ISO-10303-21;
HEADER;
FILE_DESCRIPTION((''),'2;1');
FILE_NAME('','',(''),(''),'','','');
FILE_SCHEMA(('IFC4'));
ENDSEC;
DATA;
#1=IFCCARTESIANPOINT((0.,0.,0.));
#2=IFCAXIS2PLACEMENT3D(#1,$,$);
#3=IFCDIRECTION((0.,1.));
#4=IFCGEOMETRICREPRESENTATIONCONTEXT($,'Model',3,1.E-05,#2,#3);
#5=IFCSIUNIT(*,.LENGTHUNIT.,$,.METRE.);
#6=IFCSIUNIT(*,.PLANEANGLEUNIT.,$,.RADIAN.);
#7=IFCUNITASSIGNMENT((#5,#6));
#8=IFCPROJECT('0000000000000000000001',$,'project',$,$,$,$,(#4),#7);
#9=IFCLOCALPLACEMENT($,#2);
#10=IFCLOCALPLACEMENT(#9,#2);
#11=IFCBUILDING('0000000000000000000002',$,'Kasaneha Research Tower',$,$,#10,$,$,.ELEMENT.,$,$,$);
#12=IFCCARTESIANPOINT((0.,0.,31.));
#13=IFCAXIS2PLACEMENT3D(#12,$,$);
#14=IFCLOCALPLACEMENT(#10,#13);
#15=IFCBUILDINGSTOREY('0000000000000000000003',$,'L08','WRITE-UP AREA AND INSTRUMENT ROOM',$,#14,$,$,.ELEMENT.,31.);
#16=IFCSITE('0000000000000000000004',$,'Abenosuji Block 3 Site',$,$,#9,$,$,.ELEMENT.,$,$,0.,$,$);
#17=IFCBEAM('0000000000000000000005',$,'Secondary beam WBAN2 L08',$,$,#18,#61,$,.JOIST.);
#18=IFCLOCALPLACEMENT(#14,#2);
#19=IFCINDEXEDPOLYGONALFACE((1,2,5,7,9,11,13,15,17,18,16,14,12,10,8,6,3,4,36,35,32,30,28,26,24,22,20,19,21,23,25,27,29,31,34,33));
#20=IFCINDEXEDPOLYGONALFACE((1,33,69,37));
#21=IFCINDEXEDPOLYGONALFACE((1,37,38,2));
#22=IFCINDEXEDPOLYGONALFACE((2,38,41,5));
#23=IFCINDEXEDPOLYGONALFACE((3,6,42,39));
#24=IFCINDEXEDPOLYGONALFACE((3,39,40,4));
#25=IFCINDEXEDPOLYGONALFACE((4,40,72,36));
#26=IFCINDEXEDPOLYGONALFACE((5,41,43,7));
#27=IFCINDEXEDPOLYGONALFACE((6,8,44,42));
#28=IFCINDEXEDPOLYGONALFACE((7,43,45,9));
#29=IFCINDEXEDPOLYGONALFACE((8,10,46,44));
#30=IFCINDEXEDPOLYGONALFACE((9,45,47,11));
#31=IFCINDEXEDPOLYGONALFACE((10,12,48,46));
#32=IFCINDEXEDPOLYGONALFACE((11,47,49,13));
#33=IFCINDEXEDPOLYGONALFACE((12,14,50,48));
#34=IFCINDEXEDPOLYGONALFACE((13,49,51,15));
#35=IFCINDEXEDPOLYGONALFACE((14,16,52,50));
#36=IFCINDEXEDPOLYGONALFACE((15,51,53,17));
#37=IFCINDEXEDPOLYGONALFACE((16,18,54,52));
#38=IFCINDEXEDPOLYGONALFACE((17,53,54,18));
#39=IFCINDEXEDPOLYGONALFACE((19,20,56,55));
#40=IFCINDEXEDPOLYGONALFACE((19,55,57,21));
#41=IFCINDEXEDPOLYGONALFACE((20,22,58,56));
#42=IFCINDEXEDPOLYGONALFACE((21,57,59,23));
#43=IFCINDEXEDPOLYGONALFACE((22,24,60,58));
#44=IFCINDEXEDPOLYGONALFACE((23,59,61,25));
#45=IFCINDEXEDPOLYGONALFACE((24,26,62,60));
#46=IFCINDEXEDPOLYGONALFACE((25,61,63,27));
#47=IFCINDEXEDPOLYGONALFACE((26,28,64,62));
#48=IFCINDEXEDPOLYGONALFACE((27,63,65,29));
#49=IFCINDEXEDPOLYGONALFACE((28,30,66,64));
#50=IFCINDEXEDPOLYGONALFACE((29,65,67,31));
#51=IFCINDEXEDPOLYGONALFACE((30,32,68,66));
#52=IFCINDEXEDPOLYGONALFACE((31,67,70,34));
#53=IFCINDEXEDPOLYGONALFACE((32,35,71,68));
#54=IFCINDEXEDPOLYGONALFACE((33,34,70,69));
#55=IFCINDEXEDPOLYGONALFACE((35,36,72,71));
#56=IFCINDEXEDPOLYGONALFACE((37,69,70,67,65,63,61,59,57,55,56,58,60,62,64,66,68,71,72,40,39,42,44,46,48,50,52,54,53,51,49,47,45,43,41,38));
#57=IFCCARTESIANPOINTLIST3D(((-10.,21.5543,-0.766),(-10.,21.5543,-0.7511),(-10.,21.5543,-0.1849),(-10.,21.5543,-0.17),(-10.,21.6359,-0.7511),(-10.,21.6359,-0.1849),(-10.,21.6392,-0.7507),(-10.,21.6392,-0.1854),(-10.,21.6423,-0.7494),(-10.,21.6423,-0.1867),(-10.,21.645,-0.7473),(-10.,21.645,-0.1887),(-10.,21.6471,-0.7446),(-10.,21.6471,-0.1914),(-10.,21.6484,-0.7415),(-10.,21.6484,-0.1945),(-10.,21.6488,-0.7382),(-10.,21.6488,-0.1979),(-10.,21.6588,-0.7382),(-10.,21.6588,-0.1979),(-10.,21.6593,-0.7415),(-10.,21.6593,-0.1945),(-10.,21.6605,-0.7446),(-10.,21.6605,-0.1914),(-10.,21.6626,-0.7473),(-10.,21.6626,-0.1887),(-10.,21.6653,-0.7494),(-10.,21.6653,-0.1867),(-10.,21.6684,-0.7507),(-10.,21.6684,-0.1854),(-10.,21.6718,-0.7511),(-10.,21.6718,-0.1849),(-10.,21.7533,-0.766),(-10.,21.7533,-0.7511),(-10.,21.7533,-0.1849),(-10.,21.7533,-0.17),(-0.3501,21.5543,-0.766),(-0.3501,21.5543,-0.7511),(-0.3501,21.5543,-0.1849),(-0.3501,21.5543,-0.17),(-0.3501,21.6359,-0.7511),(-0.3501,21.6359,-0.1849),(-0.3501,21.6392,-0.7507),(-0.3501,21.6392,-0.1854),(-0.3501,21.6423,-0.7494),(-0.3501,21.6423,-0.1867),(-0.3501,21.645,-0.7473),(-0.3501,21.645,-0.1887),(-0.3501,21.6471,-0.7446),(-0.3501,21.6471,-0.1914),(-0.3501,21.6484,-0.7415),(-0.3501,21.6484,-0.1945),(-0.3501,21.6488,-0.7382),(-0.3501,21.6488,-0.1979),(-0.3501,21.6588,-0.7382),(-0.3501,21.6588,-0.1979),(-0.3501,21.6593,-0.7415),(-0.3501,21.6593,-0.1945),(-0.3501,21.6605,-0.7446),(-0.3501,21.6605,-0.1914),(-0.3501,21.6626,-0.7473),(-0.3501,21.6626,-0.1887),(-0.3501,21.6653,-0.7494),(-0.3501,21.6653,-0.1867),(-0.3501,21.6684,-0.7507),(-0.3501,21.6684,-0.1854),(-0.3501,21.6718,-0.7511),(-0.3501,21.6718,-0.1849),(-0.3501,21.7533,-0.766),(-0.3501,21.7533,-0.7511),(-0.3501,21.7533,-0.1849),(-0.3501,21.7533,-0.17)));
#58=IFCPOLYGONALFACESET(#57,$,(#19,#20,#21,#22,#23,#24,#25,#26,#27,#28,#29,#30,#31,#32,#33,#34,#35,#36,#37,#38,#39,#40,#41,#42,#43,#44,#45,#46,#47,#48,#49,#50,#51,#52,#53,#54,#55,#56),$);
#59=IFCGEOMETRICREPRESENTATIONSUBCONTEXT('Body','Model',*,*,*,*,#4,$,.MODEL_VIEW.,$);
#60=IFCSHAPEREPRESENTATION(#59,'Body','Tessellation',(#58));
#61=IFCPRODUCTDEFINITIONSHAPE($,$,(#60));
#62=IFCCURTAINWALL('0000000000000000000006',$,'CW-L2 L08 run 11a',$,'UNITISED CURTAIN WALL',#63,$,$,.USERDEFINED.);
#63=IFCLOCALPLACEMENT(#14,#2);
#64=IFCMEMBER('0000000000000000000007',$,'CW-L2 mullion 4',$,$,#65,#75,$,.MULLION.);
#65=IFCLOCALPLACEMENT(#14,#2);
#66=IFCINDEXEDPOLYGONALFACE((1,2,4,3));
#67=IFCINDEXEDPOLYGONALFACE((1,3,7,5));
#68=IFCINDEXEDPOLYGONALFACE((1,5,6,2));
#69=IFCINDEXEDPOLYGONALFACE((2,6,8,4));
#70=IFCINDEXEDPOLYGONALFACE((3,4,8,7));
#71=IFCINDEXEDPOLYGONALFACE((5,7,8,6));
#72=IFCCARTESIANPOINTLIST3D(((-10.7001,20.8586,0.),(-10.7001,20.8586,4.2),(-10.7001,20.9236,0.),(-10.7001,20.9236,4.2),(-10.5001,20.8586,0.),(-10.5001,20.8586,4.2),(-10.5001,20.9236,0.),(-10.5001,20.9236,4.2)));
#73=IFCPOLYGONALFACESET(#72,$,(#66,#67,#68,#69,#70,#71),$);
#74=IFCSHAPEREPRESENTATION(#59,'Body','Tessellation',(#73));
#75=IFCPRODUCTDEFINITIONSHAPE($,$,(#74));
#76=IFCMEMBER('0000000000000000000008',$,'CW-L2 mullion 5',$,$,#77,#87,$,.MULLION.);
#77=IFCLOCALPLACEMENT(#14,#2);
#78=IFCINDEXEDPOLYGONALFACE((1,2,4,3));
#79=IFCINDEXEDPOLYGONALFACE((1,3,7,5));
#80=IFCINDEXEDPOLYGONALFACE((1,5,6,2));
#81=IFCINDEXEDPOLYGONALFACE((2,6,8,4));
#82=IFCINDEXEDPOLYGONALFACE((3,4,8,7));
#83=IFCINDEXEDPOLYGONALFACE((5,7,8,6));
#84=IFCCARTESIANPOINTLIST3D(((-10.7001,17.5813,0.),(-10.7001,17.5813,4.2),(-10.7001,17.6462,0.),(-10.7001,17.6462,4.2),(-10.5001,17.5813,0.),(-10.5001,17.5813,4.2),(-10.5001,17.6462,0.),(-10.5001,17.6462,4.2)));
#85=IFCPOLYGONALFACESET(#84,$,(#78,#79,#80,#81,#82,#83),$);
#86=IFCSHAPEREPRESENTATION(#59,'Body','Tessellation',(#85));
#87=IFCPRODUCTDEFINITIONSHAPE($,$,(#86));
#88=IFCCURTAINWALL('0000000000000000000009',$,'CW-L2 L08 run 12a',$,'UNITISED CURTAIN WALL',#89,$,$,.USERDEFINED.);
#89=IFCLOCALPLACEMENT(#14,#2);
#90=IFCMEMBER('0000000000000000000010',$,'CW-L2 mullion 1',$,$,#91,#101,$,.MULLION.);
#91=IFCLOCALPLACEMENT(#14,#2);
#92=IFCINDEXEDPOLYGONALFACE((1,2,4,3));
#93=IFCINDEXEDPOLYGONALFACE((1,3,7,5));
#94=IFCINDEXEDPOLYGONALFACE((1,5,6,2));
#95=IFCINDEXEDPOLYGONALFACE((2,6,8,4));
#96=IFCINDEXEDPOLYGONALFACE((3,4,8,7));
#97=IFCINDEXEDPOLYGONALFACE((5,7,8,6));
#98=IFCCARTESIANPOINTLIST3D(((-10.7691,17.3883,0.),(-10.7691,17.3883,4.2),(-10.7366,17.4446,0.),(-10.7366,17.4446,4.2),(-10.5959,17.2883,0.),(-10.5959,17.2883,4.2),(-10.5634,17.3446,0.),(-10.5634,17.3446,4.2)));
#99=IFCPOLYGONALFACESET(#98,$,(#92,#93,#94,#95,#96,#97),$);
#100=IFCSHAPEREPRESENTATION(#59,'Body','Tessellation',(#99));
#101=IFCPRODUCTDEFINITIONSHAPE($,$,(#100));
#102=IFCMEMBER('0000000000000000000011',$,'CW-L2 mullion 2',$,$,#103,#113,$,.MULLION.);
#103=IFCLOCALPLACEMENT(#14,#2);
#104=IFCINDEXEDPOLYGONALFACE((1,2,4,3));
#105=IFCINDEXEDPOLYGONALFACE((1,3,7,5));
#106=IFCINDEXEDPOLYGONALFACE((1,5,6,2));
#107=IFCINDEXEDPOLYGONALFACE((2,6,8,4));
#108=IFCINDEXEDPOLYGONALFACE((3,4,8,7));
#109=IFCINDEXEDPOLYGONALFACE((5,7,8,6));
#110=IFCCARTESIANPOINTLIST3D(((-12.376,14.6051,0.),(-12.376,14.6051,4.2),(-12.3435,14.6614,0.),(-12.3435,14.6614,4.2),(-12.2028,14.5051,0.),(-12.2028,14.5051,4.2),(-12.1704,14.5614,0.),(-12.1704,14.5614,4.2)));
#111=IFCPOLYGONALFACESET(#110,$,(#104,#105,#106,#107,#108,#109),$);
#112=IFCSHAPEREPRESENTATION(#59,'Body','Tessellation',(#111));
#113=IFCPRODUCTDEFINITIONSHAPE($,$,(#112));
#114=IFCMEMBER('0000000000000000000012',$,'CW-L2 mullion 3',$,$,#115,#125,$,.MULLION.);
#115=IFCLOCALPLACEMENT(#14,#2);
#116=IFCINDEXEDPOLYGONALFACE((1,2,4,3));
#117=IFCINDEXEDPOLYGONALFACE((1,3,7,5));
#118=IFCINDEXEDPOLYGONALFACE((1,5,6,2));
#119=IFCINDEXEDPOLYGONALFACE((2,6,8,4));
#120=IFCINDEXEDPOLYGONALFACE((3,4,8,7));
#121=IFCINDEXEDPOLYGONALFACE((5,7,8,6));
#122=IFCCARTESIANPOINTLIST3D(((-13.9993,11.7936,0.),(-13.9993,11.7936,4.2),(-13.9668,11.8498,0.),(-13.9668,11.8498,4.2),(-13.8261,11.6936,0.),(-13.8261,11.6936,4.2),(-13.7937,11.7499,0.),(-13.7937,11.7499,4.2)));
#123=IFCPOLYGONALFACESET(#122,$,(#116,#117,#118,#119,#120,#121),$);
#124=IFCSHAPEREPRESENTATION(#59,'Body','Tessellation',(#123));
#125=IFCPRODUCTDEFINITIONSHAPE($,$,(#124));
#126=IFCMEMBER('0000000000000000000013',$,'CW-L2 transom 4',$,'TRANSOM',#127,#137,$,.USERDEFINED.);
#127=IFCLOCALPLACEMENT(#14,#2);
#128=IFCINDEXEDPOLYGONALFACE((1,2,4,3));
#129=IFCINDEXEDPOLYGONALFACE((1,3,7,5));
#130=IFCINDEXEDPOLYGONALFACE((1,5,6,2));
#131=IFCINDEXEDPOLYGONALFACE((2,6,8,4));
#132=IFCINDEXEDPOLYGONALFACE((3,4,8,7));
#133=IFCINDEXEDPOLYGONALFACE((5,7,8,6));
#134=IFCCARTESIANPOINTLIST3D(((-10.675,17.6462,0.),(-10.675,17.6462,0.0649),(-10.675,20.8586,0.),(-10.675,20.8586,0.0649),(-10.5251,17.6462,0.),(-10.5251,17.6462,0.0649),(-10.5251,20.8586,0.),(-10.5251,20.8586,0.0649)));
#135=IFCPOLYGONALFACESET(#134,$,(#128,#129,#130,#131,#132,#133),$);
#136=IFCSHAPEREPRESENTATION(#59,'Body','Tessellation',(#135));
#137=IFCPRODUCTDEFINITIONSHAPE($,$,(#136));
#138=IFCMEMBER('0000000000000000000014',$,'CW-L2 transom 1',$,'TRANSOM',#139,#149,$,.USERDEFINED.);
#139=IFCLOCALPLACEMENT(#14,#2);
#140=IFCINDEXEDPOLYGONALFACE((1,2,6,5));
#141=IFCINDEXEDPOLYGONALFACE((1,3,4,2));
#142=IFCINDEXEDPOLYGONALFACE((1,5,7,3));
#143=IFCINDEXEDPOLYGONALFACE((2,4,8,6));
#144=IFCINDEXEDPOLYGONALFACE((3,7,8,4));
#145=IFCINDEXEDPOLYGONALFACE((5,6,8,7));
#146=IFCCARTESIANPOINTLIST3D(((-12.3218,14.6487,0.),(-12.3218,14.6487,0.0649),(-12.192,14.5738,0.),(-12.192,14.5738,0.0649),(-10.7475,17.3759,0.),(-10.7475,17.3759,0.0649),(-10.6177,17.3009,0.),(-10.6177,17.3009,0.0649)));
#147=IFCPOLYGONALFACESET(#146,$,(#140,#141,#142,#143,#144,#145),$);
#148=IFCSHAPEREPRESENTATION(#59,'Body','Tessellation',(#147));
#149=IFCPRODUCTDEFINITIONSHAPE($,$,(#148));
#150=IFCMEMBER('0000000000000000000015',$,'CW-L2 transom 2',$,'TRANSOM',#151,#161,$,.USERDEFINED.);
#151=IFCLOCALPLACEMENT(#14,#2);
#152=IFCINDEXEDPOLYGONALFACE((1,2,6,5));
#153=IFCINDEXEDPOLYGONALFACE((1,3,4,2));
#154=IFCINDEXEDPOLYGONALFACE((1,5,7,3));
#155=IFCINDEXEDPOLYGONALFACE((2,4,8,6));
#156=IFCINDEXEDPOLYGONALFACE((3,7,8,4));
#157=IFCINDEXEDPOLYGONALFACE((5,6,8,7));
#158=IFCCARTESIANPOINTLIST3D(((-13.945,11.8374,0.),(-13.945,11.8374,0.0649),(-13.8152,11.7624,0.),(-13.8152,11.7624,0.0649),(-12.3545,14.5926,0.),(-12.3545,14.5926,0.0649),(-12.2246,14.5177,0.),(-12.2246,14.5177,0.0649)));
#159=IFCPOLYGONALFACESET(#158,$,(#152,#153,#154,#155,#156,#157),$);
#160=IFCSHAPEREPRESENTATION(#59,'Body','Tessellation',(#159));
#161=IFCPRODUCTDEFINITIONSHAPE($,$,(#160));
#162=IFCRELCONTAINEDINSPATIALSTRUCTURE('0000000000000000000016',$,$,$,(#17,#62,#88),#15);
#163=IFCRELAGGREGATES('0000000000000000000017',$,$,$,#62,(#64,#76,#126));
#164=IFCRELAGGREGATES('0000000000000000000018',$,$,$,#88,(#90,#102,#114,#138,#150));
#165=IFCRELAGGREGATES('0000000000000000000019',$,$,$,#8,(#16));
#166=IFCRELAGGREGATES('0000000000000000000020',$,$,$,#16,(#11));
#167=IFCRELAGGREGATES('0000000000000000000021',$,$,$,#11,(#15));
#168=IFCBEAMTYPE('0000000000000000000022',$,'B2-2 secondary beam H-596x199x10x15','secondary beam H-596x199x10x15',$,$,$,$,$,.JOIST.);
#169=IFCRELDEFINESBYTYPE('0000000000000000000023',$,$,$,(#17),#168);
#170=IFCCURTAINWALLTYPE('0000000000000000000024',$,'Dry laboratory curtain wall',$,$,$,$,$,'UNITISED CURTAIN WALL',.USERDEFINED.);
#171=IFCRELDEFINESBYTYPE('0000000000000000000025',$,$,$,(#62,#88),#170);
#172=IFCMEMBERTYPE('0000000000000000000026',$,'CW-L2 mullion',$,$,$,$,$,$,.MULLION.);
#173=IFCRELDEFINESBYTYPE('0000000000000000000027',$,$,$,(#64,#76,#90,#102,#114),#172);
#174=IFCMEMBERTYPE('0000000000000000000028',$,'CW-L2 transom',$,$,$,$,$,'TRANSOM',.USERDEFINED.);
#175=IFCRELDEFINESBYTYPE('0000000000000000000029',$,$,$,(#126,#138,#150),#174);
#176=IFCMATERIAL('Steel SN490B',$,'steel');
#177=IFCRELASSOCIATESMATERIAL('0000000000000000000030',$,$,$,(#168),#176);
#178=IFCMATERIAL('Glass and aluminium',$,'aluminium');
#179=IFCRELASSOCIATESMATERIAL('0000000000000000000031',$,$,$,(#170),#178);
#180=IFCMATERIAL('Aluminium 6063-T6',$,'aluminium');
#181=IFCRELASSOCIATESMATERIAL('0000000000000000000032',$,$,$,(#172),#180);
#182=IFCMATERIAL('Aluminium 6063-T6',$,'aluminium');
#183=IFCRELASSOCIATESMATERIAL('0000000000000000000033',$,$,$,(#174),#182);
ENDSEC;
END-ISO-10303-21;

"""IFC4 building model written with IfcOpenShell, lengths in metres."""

from ifc_helpers import new_model, si_unit, direction, frame, origin, origin_2d, place, context, subcontext, project, spatial, rectangle, i_section, extrude, material, material_profile, profile_set, type_object, element, aggregate, save


model = new_model("IFC4")

# Units and contexts
model_context = context("Model", 3, precision=1e-05, world=origin(), true_north=direction((0.0, 1.0)))
body_context = subcontext(model_context, "Body", "Model", "MODEL_VIEW")
ifc_project = project(units=[si_unit("LENGTHUNIT", "METRE"), si_unit("PLANEANGLEUNIT", "RADIAN")], contexts=[model_context])

# Site, building, storey
site_placement = place(None, origin())
site = spatial("IfcSite", under=ifc_project, at=site_placement, Name="Abenosuji Block 3 Site", CompositionType="ELEMENT", RefElevation=0.0)
building_placement = place(site_placement, origin())
building = spatial("IfcBuilding", under=site, at=building_placement, Name="Kasaneha Research Tower", CompositionType="ELEMENT")
storey_placement = place(building_placement, frame((0.0, 0.0, 31.0)))
storey = spatial("IfcBuildingStorey", under=building, at=storey_placement, Name="L08", Description="WRITE-UP AREA AND INSTRUMENT ROOM", CompositionType="ELEMENT", Elevation=31.0)

# Beam
ifc_material_1 = material(Name="Steel SN490B", Category="steel")
ifc_material_profile_1 = material_profile(ifc_material_1, i_section(OverallWidth=0.199, OverallDepth=0.5959, WebThickness=0.01, FlangeThickness=0.0149, FilletRadius=0.0129, at=origin_2d()), Name="H-596x199x10x15")
ifc_profile_set_1 = profile_set([ifc_material_profile_1], Name="Steel SN490B")
beam_type_1 = type_object("IfcBeamType", Name="B2-2 secondary beam H-596x199x10x15", Description="secondary beam H-596x199x10x15", PredefinedType="JOIST", material=ifc_profile_set_1)
for number, where, z_axis, x_axis, name in (
    (1, (-10.0, 21.6538, -0.468), (1.0, 0.0, 0.0), (0.0, 1.0, 0.0), "Secondary beam WBAN2 L08"),
):
    element("IfcBeam", number, at=place(storey_placement, frame(where, z_axis=z_axis, x_axis=x_axis)), inside=storey, type_object=beam_type_1, Name=name, PredefinedType="JOIST", context=body_context, shape_type="SweptSolid", body=[
        extrude(i_section(OverallWidth=0.199, OverallDepth=0.5959, WebThickness=0.01, FlangeThickness=0.0149, FilletRadius=0.0129, at=origin_2d()), origin(), (0.0, 0.0, 1.0), 9.6499),
    ])

# Curtain walls, members
ifc_material_2 = material(Name="Glass and aluminium", Category="aluminium")
curtain_wall_type = type_object("IfcCurtainWallType", Name="Dry laboratory curtain wall", ElementType="UNITISED CURTAIN WALL", PredefinedType="USERDEFINED", material=ifc_material_2)
curtain_wall_1_placement = place(storey_placement, origin())
curtain_wall_1 = element("IfcCurtainWall", 2, at=curtain_wall_1_placement, inside=storey, type_object=curtain_wall_type, Name="CW-L2 L08 run 11a", ObjectType="UNITISED CURTAIN WALL", PredefinedType="USERDEFINED")
ifc_material_3 = material(Name="Aluminium 6063-T6", Category="aluminium")
ifc_material_profile_2 = material_profile(ifc_material_3, rectangle(XDim=0.0649, YDim=0.2, at=origin_2d()), Name="CW-L2 mullion 65x200")
ifc_profile_set_2 = profile_set([ifc_material_profile_2], Name="Aluminium 6063-T6")
member_type_1 = type_object("IfcMemberType", Name="CW-L2 mullion", PredefinedType="MULLION", material=ifc_profile_set_2)
member_1_placement = place(storey_placement, frame((-10.6001, 20.8911, 0.0), z_axis=(0.0, 0.0, 1.0), x_axis=(0.0, -1.0, 0.0)))
member_1 = element("IfcMember", 3, at=member_1_placement, type_object=member_type_1, Name="CW-L2 mullion 4", PredefinedType="MULLION", context=body_context, shape_type="SweptSolid", body=[
    extrude(rectangle(XDim=0.0649, YDim=0.2, at=origin_2d()), origin(), (0.0, 0.0, 1.0), 4.2),
])
member_2_placement = place(storey_placement, frame((-10.6001, 17.6138, 0.0), z_axis=(0.0, 0.0, 1.0), x_axis=(0.0, -1.0, 0.0)))
member_2 = element("IfcMember", 4, at=member_2_placement, type_object=member_type_1, Name="CW-L2 mullion 5", PredefinedType="MULLION", context=body_context, shape_type="SweptSolid", body=[
    extrude(rectangle(XDim=0.0649, YDim=0.2, at=origin_2d()), origin(), (0.0, 0.0, 1.0), 4.2),
])
curtain_wall_2_placement = place(storey_placement, origin())
curtain_wall_2 = element("IfcCurtainWall", 5, at=curtain_wall_2_placement, inside=storey, type_object=curtain_wall_type, Name="CW-L2 L08 run 12a", ObjectType="UNITISED CURTAIN WALL", PredefinedType="USERDEFINED")
member_3_placement = place(storey_placement, frame((-10.6663, 17.3665, 0.0), z_axis=(0.0, 0.0, 1.0), x_axis=(-0.5, -0.866025, 0.0)))
member_3 = element("IfcMember", 6, at=member_3_placement, type_object=member_type_1, Name="CW-L2 mullion 1", PredefinedType="MULLION", context=body_context, shape_type="SweptSolid", body=[
    extrude(rectangle(XDim=0.0649, YDim=0.2, at=origin_2d()), origin(), (0.0, 0.0, 1.0), 4.2),
])
member_4_placement = place(storey_placement, frame((-12.2732, 14.5833, 0.0), z_axis=(0.0, 0.0, 1.0), x_axis=(-0.5, -0.866025, 0.0)))
member_4 = element("IfcMember", 7, at=member_4_placement, type_object=member_type_1, Name="CW-L2 mullion 2", PredefinedType="MULLION", context=body_context, shape_type="SweptSolid", body=[
    extrude(rectangle(XDim=0.0649, YDim=0.2, at=origin_2d()), origin(), (0.0, 0.0, 1.0), 4.2),
])
member_5_placement = place(storey_placement, frame((-13.8965, 11.7717, 0.0), z_axis=(0.0, 0.0, 1.0), x_axis=(-0.5, -0.866025, 0.0)))
member_5 = element("IfcMember", 8, at=member_5_placement, type_object=member_type_1, Name="CW-L2 mullion 3", PredefinedType="MULLION", context=body_context, shape_type="SweptSolid", body=[
    extrude(rectangle(XDim=0.0649, YDim=0.2, at=origin_2d()), origin(), (0.0, 0.0, 1.0), 4.2),
])

# Members
ifc_material_4 = material(Name="Aluminium 6063-T6", Category="aluminium")
ifc_material_profile_3 = material_profile(ifc_material_4, rectangle(XDim=0.1499, YDim=0.0649, at=origin_2d()), Name="CW-L2 transom 150x65")
ifc_profile_set_3 = profile_set([ifc_material_profile_3], Name="Aluminium 6063-T6")
member_type_2 = type_object("IfcMemberType", Name="CW-L2 transom", ElementType="TRANSOM", PredefinedType="USERDEFINED", material=ifc_profile_set_3)
member_6_placement = place(storey_placement, frame((-10.6001, 20.8586, 0.0325), z_axis=(0.0, -1.0, 0.0), x_axis=(1.0, 0.0, 0.0)))
member_6 = element("IfcMember", 9, at=member_6_placement, type_object=member_type_2, Name="CW-L2 transom 4", ObjectType="TRANSOM", PredefinedType="USERDEFINED", context=body_context, shape_type="SweptSolid", body=[
    extrude(rectangle(XDim=0.1499, YDim=0.0649, at=origin_2d()), origin(), (0.0, 0.0, 1.0), 3.2124),
])
member_7_placement = place(storey_placement, frame((-10.6826, 17.3384, 0.0325), z_axis=(-0.499942, -0.866059, 0.0), x_axis=(0.866059, -0.499942, 0.0)))
member_7 = element("IfcMember", 10, at=member_7_placement, type_object=member_type_2, Name="CW-L2 transom 1", ObjectType="TRANSOM", PredefinedType="USERDEFINED", context=body_context, shape_type="SweptSolid", body=[
    extrude(rectangle(XDim=0.1499, YDim=0.0649, at=origin_2d()), origin(), (0.0, 0.0, 1.0), 3.1489),
])
member_8_placement = place(storey_placement, frame((-12.2896, 14.5552, 0.0325), z_axis=(-0.499944, -0.866058, 0.0), x_axis=(0.866058, -0.499944, 0.0)))
member_8 = element("IfcMember", 11, at=member_8_placement, type_object=member_type_2, Name="CW-L2 transom 2", ObjectType="TRANSOM", PredefinedType="USERDEFINED", context=body_context, shape_type="SweptSolid", body=[
    extrude(rectangle(XDim=0.1499, YDim=0.0649, at=origin_2d()), origin(), (0.0, 0.0, 1.0), 3.1814),
])

aggregate(curtain_wall_1, [member_1, member_2, member_6])
aggregate(curtain_wall_2, [member_3, member_4, member_5, member_7, member_8])

save(model, "model.ifc")
